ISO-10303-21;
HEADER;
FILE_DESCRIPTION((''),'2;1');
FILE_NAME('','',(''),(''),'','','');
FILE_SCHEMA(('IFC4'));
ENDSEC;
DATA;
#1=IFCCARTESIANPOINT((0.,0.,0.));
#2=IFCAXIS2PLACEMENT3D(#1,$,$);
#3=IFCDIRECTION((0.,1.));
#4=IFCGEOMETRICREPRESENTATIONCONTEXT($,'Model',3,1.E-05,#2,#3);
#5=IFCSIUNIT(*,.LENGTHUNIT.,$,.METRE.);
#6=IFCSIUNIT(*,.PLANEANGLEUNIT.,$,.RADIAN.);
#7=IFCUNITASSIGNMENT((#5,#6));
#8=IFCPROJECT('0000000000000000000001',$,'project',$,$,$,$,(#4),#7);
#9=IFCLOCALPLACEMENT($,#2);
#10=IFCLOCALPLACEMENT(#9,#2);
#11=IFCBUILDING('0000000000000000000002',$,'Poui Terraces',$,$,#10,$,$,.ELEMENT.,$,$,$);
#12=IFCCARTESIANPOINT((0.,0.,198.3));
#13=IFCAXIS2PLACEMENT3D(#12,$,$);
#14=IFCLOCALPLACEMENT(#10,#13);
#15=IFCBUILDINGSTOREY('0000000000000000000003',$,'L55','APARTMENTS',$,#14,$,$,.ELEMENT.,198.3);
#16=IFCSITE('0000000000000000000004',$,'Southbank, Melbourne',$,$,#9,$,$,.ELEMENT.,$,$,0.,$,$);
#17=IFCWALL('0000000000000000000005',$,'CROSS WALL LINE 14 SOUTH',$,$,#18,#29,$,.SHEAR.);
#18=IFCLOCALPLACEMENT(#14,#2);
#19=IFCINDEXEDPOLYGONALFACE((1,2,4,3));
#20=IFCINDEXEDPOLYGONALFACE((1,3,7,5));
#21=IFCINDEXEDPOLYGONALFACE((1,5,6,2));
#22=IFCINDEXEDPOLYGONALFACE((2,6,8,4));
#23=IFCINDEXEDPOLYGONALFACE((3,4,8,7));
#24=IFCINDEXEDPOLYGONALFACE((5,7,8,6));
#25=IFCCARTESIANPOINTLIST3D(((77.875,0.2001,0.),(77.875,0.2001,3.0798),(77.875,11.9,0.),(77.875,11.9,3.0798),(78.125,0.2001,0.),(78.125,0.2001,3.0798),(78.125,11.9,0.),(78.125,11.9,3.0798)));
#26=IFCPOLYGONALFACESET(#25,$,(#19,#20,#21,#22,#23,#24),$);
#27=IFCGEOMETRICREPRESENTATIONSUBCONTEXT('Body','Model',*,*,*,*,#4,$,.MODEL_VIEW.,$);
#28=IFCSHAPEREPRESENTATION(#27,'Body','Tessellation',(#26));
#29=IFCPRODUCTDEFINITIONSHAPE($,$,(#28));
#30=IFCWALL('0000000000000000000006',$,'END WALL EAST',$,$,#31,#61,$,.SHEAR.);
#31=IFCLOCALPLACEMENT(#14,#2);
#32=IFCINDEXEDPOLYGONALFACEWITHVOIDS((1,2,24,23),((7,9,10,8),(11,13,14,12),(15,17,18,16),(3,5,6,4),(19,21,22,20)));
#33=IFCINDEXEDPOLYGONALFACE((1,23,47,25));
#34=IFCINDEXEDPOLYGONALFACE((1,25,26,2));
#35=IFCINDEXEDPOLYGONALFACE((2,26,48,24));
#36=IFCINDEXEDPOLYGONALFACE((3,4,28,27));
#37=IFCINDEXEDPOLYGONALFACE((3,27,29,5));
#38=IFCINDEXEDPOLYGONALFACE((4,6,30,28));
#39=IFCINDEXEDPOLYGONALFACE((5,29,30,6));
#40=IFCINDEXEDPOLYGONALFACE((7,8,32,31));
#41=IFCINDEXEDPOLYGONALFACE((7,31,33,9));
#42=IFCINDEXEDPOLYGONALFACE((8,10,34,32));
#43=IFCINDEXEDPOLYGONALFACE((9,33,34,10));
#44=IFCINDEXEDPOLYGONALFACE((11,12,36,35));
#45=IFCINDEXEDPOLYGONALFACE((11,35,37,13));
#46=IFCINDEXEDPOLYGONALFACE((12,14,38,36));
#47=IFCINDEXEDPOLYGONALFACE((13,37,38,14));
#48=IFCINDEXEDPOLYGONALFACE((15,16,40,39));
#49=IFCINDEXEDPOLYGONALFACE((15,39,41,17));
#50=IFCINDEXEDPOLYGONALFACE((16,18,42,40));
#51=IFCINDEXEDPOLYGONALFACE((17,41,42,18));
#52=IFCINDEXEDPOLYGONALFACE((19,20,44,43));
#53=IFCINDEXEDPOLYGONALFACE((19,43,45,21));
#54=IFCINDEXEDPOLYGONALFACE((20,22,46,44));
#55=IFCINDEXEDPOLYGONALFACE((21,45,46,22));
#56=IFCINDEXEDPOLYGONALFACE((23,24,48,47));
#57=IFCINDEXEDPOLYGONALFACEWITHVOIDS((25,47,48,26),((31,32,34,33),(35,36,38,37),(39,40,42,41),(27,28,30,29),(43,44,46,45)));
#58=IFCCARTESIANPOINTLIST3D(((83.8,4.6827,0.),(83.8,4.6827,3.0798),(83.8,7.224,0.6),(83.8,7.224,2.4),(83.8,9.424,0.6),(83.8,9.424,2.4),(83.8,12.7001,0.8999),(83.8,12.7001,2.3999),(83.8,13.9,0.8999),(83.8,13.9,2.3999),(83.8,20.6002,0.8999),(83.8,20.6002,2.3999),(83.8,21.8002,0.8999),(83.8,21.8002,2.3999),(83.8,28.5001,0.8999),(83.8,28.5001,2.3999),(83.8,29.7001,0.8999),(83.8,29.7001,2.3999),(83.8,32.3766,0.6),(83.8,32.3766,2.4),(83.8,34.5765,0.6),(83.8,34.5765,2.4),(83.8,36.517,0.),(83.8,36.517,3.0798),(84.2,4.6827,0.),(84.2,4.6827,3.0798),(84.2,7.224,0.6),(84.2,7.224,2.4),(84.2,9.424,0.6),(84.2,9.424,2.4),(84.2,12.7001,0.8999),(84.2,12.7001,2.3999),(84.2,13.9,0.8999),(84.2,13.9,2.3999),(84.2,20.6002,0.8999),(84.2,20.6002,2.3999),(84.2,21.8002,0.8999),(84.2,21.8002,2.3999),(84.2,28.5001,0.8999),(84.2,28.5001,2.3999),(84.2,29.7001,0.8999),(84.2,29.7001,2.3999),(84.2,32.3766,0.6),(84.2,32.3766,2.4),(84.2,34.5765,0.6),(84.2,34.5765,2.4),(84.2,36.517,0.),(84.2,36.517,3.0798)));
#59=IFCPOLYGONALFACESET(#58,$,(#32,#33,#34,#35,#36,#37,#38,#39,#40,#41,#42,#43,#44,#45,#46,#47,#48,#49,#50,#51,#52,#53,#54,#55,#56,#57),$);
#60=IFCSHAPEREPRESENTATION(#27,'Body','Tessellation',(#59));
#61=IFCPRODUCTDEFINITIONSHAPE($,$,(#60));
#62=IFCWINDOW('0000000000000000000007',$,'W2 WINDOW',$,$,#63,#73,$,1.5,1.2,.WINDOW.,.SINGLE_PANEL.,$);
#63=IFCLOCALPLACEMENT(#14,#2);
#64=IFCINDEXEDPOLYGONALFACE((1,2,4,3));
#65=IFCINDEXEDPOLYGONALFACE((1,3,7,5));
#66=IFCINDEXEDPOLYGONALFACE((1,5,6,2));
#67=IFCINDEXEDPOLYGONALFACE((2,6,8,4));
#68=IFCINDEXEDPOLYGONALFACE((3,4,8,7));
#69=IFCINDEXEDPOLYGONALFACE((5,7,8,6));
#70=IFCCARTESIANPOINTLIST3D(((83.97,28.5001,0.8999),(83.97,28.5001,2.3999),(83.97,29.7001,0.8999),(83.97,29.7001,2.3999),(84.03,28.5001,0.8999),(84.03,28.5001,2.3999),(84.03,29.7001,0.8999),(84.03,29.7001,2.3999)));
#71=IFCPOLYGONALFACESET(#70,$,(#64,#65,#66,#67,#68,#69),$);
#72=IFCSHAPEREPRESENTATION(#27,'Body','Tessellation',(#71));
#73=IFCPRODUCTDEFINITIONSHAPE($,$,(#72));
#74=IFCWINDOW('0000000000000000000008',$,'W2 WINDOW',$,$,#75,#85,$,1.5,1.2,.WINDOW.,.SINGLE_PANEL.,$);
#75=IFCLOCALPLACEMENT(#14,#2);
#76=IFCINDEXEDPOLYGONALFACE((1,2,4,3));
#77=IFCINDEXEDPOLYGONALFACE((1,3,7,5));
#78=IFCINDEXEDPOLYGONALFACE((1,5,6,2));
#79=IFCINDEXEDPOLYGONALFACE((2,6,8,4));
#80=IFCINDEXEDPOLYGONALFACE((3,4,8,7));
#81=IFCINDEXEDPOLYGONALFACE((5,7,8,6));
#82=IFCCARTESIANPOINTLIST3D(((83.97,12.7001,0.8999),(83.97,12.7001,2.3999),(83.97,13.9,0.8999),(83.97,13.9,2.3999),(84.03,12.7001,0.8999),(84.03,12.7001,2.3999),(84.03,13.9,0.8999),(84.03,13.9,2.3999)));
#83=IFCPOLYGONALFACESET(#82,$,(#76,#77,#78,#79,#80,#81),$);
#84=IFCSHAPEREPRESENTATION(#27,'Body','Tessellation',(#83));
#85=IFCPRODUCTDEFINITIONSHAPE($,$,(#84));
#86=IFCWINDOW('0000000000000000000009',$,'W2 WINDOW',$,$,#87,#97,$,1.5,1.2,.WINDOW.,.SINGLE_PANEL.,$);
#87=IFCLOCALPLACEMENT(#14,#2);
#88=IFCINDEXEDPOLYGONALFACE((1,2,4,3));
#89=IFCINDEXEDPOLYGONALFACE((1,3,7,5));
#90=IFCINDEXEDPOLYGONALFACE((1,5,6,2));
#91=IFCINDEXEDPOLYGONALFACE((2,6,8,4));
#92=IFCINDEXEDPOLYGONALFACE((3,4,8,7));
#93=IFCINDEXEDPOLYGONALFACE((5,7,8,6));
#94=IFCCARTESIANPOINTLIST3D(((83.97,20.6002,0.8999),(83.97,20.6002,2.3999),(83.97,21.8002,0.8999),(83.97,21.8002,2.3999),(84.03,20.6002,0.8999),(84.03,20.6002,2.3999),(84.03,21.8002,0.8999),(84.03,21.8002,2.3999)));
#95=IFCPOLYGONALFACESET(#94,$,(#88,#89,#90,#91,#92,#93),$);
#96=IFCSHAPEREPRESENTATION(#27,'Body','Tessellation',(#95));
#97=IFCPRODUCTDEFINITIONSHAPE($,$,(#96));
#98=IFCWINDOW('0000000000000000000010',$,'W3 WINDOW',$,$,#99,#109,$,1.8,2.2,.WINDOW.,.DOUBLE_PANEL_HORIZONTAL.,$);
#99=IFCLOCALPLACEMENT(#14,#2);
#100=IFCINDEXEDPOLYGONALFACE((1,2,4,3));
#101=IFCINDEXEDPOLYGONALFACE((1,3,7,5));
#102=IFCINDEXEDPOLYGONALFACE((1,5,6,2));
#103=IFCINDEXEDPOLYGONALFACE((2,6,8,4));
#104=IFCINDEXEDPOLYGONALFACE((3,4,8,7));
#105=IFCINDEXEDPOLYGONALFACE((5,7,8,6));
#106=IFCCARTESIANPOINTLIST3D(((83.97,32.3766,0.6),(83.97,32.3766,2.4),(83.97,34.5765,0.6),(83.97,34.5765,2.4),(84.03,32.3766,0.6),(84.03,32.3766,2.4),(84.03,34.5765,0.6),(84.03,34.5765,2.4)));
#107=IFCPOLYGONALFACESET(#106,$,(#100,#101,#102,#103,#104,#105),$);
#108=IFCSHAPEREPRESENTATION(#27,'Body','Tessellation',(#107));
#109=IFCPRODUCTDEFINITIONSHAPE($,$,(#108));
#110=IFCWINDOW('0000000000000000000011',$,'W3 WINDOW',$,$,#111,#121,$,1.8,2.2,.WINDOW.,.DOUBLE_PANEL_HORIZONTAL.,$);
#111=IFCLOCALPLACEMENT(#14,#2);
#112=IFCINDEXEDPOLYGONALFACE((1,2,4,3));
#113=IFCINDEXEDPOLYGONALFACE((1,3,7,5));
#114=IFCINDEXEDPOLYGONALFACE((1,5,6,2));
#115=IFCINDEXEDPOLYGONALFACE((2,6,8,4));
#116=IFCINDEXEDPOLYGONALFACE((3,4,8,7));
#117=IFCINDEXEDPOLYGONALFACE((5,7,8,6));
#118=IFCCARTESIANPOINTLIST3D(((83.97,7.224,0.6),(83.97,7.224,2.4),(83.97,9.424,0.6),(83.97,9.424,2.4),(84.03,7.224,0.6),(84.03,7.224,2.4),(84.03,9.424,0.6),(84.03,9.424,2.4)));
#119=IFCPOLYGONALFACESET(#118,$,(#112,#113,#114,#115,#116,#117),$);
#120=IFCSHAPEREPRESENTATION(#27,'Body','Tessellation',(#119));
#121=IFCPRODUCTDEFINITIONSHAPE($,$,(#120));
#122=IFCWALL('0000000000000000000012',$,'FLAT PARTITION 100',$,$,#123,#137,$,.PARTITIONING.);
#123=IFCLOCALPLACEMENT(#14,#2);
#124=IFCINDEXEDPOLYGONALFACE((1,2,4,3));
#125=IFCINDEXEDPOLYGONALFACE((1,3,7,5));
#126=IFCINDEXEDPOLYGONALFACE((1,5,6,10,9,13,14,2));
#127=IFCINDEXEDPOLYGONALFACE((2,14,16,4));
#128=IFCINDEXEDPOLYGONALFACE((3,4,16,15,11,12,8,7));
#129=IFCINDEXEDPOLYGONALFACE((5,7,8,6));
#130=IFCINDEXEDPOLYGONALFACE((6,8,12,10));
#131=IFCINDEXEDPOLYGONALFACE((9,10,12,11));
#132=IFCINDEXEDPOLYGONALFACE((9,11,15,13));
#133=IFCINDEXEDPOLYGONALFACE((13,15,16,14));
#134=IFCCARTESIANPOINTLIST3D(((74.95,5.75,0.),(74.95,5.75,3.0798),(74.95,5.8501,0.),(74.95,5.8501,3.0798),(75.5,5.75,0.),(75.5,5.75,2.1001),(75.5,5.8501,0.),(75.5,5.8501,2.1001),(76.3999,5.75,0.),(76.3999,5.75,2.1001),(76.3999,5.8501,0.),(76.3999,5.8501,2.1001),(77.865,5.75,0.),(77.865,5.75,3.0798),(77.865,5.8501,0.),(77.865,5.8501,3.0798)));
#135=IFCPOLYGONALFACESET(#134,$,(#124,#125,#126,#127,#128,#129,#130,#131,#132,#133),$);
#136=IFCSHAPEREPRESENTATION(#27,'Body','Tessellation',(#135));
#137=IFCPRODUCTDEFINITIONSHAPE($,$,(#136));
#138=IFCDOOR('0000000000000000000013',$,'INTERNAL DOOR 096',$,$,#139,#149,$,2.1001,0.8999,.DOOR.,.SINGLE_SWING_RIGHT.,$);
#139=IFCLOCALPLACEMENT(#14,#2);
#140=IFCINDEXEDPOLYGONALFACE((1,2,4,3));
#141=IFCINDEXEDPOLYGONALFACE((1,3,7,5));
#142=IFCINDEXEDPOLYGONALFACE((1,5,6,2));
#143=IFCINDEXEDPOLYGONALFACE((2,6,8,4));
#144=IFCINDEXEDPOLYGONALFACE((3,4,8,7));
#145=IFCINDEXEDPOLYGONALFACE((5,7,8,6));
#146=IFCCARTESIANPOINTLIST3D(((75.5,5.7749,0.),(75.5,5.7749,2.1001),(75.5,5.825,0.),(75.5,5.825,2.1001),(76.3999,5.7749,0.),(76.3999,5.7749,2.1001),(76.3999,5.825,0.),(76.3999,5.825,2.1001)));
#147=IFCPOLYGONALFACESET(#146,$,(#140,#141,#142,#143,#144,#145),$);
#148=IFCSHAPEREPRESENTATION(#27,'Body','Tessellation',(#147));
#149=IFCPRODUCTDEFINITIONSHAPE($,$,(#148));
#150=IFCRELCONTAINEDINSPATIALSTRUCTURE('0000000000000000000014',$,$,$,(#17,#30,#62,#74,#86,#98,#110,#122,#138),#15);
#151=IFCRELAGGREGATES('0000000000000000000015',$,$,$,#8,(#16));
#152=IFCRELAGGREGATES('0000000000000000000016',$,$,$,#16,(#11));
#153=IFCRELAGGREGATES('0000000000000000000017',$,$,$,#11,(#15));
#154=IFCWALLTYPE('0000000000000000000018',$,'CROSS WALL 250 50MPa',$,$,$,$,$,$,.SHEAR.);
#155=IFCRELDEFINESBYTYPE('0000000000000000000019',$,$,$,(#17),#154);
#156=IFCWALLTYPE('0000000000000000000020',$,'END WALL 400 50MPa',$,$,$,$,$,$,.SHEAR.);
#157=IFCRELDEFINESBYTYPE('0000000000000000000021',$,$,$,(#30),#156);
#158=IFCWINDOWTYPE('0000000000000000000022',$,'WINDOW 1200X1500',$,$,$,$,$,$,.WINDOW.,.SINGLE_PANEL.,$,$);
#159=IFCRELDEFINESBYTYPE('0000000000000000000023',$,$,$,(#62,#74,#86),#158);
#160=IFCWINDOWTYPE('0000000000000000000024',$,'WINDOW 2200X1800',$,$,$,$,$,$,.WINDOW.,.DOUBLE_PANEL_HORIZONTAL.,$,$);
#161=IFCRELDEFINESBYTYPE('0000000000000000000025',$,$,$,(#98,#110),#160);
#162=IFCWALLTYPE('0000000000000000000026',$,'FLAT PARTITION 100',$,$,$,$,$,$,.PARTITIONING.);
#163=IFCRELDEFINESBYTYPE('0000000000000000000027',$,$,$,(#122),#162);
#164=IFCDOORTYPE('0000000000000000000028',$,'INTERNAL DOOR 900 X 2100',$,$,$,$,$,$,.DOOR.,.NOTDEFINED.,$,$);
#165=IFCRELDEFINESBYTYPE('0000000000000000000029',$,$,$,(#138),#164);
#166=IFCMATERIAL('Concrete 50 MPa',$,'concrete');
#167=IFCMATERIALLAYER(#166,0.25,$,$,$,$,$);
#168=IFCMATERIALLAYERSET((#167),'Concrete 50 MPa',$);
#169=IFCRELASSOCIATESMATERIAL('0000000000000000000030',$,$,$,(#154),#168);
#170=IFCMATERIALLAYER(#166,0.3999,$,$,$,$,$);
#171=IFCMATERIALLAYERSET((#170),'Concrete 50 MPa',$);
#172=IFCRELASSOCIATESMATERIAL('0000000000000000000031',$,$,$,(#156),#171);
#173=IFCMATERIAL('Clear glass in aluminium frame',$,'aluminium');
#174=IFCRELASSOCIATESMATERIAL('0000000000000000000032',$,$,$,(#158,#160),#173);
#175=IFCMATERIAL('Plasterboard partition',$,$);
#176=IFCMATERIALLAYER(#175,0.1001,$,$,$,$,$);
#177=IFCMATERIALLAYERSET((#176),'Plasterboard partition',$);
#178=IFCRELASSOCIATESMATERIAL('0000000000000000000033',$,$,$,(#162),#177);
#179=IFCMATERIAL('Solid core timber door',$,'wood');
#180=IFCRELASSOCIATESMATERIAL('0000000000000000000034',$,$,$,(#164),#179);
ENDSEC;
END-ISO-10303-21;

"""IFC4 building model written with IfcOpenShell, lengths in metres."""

from ifc_helpers import new_model, si_unit, direction, frame, frame_2d, origin, place, context, subcontext, project, spatial, rectangle, extrude, material, layer, layer_set, type_object, element, fill, save


model = new_model("IFC4")

# Units and contexts
model_context = context("Model", 3, precision=1e-05, world=origin(), true_north=direction((0.0, 1.0)))
body_context = subcontext(model_context, "Body", "Model", "MODEL_VIEW")
ifc_project = project(units=[si_unit("LENGTHUNIT", "METRE"), si_unit("PLANEANGLEUNIT", "RADIAN")], contexts=[model_context])

# Site, building, storey
site_placement = place(None, origin())
site = spatial("IfcSite", under=ifc_project, at=site_placement, Name="Southbank, Melbourne", CompositionType="ELEMENT", RefElevation=0.0)
building_placement = place(site_placement, origin())
building = spatial("IfcBuilding", under=site, at=building_placement, Name="Poui Terraces", CompositionType="ELEMENT")
storey_placement = place(building_placement, frame((0.0, 0.0, 198.3)))
storey = spatial("IfcBuildingStorey", under=building, at=storey_placement, Name="L55", Description="APARTMENTS", CompositionType="ELEMENT", Elevation=198.3)

# Wall
ifc_material_1 = material(Name="Concrete 50 MPa", Category="concrete")
ifc_layer_1 = layer(ifc_material_1, 0.25)
ifc_layer_set_1 = layer_set([ifc_layer_1], Name="Concrete 50 MPa")
wall_type_1 = type_object("IfcWallType", Name="CROSS WALL 250 50MPa", PredefinedType="SHEAR", material=ifc_layer_set_1)
wall_1_placement = place(storey_placement, frame((78.0, 0.2, 0.0), z_axis=(0.0, 0.0, 1.0), x_axis=(0.0, 1.0, 0.0)))
element("IfcWall", 1, at=wall_1_placement, inside=storey, type_object=wall_type_1, Name="CROSS WALL LINE 14 SOUTH", PredefinedType="SHEAR", context=body_context, shape_type="SweptSolid", body=[
    extrude(rectangle(XDim=11.7, YDim=0.25, at=frame_2d((5.8501, 0.0))), origin(), (0.0, 0.0, 1.0), 3.0798),
])

# Wall, openings, windows
ifc_layer_2 = layer(ifc_material_1, 0.3999)
ifc_layer_set_2 = layer_set([ifc_layer_2], Name="Concrete 50 MPa")
wall_type_2 = type_object("IfcWallType", Name="END WALL 400 50MPa", PredefinedType="SHEAR", material=ifc_layer_set_2)
wall_2_placement = place(storey_placement, frame((84.0, 4.6829, 0.0), z_axis=(0.0, 0.0, 1.0), x_axis=(0.0, 1.0, 0.0)))
wall_2 = element("IfcWall", 2, at=wall_2_placement, inside=storey, type_object=wall_type_2, Name="END WALL EAST", PredefinedType="SHEAR", context=body_context, shape_type="SweptSolid", body=[
    extrude(rectangle(XDim=31.8342, YDim=0.3999, at=frame_2d((15.917, 0.0))), origin(), (0.0, 0.0, 1.0), 3.0798),
])
opening_1_placement = place(wall_2_placement, frame((23.8171, 0.0, 0.8999)))
opening_1 = element("IfcOpeningElement", 3, at=opening_1_placement, cuts=wall_2, PredefinedType="OPENING", context=body_context, shape_type="SweptSolid", body=[
    extrude(rectangle(XDim=1.2, YDim=1.5, at=frame_2d((0.6001, 0.75))), frame((0.0, 0.21, 0.0), z_axis=(0.0, -1.0, 0.0), x_axis=(1.0, 0.0, 0.0)), (0.0, 0.0, 1.0), 0.4199),
])
opening_2_placement = place(wall_2_placement, frame((8.0171, 0.0, 0.8999)))
opening_2 = element("IfcOpeningElement", 4, at=opening_2_placement, cuts=wall_2, PredefinedType="OPENING", context=body_context, shape_type="SweptSolid", body=[
    extrude(rectangle(XDim=1.2, YDim=1.5, at=frame_2d((0.6001, 0.75))), frame((0.0, 0.21, 0.0), z_axis=(0.0, -1.0, 0.0), x_axis=(1.0, 0.0, 0.0)), (0.0, 0.0, 1.0), 0.4199),
])
opening_3_placement = place(wall_2_placement, frame((27.6936, 0.0, 0.6001)))
opening_3 = element("IfcOpeningElement", 5, at=opening_3_placement, cuts=wall_2, PredefinedType="OPENING", context=body_context, shape_type="SweptSolid", body=[
    extrude(rectangle(XDim=2.2, YDim=1.8, at=frame_2d((1.1001, 0.8999))), frame((0.0, 0.21, 0.0), z_axis=(0.0, -1.0, 0.0), x_axis=(1.0, 0.0, 0.0)), (0.0, 0.0, 1.0), 0.4199),
])
opening_4_placement = place(wall_2_placement, frame((2.541, 0.0, 0.6001)))
opening_4 = element("IfcOpeningElement", 6, at=opening_4_placement, cuts=wall_2, PredefinedType="OPENING", context=body_context, shape_type="SweptSolid", body=[
    extrude(rectangle(XDim=2.2, YDim=1.8, at=frame_2d((1.1001, 0.8999))), frame((0.0, 0.21, 0.0), z_axis=(0.0, -1.0, 0.0), x_axis=(1.0, 0.0, 0.0)), (0.0, 0.0, 1.0), 0.4199),
])
opening_5_placement = place(wall_2_placement, frame((15.9172, 0.0, 0.8999)))
opening_5 = element("IfcOpeningElement", 7, at=opening_5_placement, cuts=wall_2, PredefinedType="OPENING", context=body_context, shape_type="SweptSolid", body=[
    extrude(rectangle(XDim=1.2, YDim=1.5, at=frame_2d((0.6001, 0.75))), frame((0.0, 0.21, 0.0), z_axis=(0.0, -1.0, 0.0), x_axis=(1.0, 0.0, 0.0)), (0.0, 0.0, 1.0), 0.4199),
])
ifc_material_2 = material(Name="Clear glass in aluminium frame", Category="aluminium")
window_type_1 = type_object("IfcWindowType", Name="WINDOW 1200X1500", PartitioningType="SINGLE_PANEL", PredefinedType="WINDOW", material=ifc_material_2)
window_1_placement = place(opening_1_placement, origin())
window_1 = element("IfcWindow", 8, at=window_1_placement, inside=storey, type_object=window_type_1, Name="W2 WINDOW", OverallHeight=1.5, OverallWidth=1.2, PartitioningType="SINGLE_PANEL", PredefinedType="WINDOW", context=body_context, shape_type="SweptSolid", body=[
    extrude(rectangle(XDim=1.2, YDim=1.5, at=frame_2d((0.6001, 0.75))), frame((0.0, 0.03, 0.0), z_axis=(0.0, -1.0, 0.0), x_axis=(1.0, 0.0, 0.0)), (0.0, 0.0, 1.0), 0.0601),
])
fill(opening_1, window_1)
window_2_placement = place(opening_2_placement, origin())
window_2 = element("IfcWindow", 9, at=window_2_placement, inside=storey, type_object=window_type_1, Name="W2 WINDOW", OverallHeight=1.5, OverallWidth=1.2, PartitioningType="SINGLE_PANEL", PredefinedType="WINDOW", context=body_context, shape_type="SweptSolid", body=[
    extrude(rectangle(XDim=1.2, YDim=1.5, at=frame_2d((0.6001, 0.75))), frame((0.0, 0.03, 0.0), z_axis=(0.0, -1.0, 0.0), x_axis=(1.0, 0.0, 0.0)), (0.0, 0.0, 1.0), 0.0601),
])
fill(opening_2, window_2)
window_3_placement = place(opening_5_placement, origin())
window_3 = element("IfcWindow", 10, at=window_3_placement, inside=storey, type_object=window_type_1, Name="W2 WINDOW", OverallHeight=1.5, OverallWidth=1.2, PartitioningType="SINGLE_PANEL", PredefinedType="WINDOW", context=body_context, shape_type="SweptSolid", body=[
    extrude(rectangle(XDim=1.2, YDim=1.5, at=frame_2d((0.6001, 0.75))), frame((0.0, 0.03, 0.0), z_axis=(0.0, -1.0, 0.0), x_axis=(1.0, 0.0, 0.0)), (0.0, 0.0, 1.0), 0.0601),
])
fill(opening_5, window_3)
window_type_2 = type_object("IfcWindowType", Name="WINDOW 2200X1800", PartitioningType="DOUBLE_PANEL_HORIZONTAL", PredefinedType="WINDOW", material=ifc_material_2)
window_4_placement = place(opening_3_placement, origin())
window_4 = element("IfcWindow", 11, at=window_4_placement, inside=storey, type_object=window_type_2, Name="W3 WINDOW", OverallHeight=1.8, OverallWidth=2.2, PartitioningType="DOUBLE_PANEL_HORIZONTAL", PredefinedType="WINDOW", context=body_context, shape_type="SweptSolid", body=[
    extrude(rectangle(XDim=2.2, YDim=1.8, at=frame_2d((1.1001, 0.8999))), frame((0.0, 0.03, 0.0), z_axis=(0.0, -1.0, 0.0), x_axis=(1.0, 0.0, 0.0)), (0.0, 0.0, 1.0), 0.0601),
])
fill(opening_3, window_4)
window_5_placement = place(opening_4_placement, origin())
window_5 = element("IfcWindow", 12, at=window_5_placement, inside=storey, type_object=window_type_2, Name="W3 WINDOW", OverallHeight=1.8, OverallWidth=2.2, PartitioningType="DOUBLE_PANEL_HORIZONTAL", PredefinedType="WINDOW", context=body_context, shape_type="SweptSolid", body=[
    extrude(rectangle(XDim=2.2, YDim=1.8, at=frame_2d((1.1001, 0.8999))), frame((0.0, 0.03, 0.0), z_axis=(0.0, -1.0, 0.0), x_axis=(1.0, 0.0, 0.0)), (0.0, 0.0, 1.0), 0.0601),
])
fill(opening_4, window_5)

# Wall, opening, door
ifc_material_3 = material(Name="Plasterboard partition")
ifc_layer_3 = layer(ifc_material_3, 0.1001)
ifc_layer_set_3 = layer_set([ifc_layer_3], Name="Plasterboard partition")
wall_type_3 = type_object("IfcWallType", Name="FLAT PARTITION 100", PredefinedType="PARTITIONING", material=ifc_layer_set_3)
wall_3_placement = place(storey_placement, frame((74.95, 5.8, 0.0), z_axis=(0.0, 0.0, 1.0), x_axis=(1.0, 0.0, 0.0)))
wall_3 = element("IfcWall", 13, at=wall_3_placement, inside=storey, type_object=wall_type_3, Name="FLAT PARTITION 100", PredefinedType="PARTITIONING", context=body_context, shape_type="SweptSolid", body=[
    extrude(rectangle(XDim=2.915, YDim=0.1001, at=frame_2d((1.4575, 0.0))), origin(), (0.0, 0.0, 1.0), 3.0798),
])
opening_6_placement = place(wall_3_placement, frame((0.55, 0.0, 0.0)))
opening_6 = element("IfcOpeningElement", 14, at=opening_6_placement, cuts=wall_3, PredefinedType="OPENING", context=body_context, shape_type="SweptSolid", body=[
    extrude(rectangle(XDim=0.8999, YDim=2.1001, at=frame_2d((0.45, 1.05))), frame((0.0, 0.0601, 0.0), z_axis=(0.0, -1.0, 0.0), x_axis=(1.0, 0.0, 0.0)), (0.0, 0.0, 1.0), 0.1201),
])
ifc_material_4 = material(Name="Solid core timber door", Category="wood")
door_type_1 = type_object("IfcDoorType", Name="INTERNAL DOOR 900 X 2100", OperationType="NOTDEFINED", PredefinedType="DOOR", material=ifc_material_4)
door_1_placement = place(opening_6_placement, origin())
door_1 = element("IfcDoor", 15, at=door_1_placement, inside=storey, type_object=door_type_1, Name="INTERNAL DOOR 096", OperationType="SINGLE_SWING_RIGHT", OverallHeight=2.1001, OverallWidth=0.8999, PredefinedType="DOOR", context=body_context, shape_type="SweptSolid", body=[
    extrude(rectangle(XDim=0.8999, YDim=2.1001, at=frame_2d((0.45, 1.05))), frame((0.0, 0.0249, 0.0), z_axis=(0.0, -1.0, 0.0), x_axis=(1.0, 0.0, 0.0)), (0.0, 0.0, 1.0), 0.05),
])
fill(opening_6, door_1)

save(model, "model.ifc")
